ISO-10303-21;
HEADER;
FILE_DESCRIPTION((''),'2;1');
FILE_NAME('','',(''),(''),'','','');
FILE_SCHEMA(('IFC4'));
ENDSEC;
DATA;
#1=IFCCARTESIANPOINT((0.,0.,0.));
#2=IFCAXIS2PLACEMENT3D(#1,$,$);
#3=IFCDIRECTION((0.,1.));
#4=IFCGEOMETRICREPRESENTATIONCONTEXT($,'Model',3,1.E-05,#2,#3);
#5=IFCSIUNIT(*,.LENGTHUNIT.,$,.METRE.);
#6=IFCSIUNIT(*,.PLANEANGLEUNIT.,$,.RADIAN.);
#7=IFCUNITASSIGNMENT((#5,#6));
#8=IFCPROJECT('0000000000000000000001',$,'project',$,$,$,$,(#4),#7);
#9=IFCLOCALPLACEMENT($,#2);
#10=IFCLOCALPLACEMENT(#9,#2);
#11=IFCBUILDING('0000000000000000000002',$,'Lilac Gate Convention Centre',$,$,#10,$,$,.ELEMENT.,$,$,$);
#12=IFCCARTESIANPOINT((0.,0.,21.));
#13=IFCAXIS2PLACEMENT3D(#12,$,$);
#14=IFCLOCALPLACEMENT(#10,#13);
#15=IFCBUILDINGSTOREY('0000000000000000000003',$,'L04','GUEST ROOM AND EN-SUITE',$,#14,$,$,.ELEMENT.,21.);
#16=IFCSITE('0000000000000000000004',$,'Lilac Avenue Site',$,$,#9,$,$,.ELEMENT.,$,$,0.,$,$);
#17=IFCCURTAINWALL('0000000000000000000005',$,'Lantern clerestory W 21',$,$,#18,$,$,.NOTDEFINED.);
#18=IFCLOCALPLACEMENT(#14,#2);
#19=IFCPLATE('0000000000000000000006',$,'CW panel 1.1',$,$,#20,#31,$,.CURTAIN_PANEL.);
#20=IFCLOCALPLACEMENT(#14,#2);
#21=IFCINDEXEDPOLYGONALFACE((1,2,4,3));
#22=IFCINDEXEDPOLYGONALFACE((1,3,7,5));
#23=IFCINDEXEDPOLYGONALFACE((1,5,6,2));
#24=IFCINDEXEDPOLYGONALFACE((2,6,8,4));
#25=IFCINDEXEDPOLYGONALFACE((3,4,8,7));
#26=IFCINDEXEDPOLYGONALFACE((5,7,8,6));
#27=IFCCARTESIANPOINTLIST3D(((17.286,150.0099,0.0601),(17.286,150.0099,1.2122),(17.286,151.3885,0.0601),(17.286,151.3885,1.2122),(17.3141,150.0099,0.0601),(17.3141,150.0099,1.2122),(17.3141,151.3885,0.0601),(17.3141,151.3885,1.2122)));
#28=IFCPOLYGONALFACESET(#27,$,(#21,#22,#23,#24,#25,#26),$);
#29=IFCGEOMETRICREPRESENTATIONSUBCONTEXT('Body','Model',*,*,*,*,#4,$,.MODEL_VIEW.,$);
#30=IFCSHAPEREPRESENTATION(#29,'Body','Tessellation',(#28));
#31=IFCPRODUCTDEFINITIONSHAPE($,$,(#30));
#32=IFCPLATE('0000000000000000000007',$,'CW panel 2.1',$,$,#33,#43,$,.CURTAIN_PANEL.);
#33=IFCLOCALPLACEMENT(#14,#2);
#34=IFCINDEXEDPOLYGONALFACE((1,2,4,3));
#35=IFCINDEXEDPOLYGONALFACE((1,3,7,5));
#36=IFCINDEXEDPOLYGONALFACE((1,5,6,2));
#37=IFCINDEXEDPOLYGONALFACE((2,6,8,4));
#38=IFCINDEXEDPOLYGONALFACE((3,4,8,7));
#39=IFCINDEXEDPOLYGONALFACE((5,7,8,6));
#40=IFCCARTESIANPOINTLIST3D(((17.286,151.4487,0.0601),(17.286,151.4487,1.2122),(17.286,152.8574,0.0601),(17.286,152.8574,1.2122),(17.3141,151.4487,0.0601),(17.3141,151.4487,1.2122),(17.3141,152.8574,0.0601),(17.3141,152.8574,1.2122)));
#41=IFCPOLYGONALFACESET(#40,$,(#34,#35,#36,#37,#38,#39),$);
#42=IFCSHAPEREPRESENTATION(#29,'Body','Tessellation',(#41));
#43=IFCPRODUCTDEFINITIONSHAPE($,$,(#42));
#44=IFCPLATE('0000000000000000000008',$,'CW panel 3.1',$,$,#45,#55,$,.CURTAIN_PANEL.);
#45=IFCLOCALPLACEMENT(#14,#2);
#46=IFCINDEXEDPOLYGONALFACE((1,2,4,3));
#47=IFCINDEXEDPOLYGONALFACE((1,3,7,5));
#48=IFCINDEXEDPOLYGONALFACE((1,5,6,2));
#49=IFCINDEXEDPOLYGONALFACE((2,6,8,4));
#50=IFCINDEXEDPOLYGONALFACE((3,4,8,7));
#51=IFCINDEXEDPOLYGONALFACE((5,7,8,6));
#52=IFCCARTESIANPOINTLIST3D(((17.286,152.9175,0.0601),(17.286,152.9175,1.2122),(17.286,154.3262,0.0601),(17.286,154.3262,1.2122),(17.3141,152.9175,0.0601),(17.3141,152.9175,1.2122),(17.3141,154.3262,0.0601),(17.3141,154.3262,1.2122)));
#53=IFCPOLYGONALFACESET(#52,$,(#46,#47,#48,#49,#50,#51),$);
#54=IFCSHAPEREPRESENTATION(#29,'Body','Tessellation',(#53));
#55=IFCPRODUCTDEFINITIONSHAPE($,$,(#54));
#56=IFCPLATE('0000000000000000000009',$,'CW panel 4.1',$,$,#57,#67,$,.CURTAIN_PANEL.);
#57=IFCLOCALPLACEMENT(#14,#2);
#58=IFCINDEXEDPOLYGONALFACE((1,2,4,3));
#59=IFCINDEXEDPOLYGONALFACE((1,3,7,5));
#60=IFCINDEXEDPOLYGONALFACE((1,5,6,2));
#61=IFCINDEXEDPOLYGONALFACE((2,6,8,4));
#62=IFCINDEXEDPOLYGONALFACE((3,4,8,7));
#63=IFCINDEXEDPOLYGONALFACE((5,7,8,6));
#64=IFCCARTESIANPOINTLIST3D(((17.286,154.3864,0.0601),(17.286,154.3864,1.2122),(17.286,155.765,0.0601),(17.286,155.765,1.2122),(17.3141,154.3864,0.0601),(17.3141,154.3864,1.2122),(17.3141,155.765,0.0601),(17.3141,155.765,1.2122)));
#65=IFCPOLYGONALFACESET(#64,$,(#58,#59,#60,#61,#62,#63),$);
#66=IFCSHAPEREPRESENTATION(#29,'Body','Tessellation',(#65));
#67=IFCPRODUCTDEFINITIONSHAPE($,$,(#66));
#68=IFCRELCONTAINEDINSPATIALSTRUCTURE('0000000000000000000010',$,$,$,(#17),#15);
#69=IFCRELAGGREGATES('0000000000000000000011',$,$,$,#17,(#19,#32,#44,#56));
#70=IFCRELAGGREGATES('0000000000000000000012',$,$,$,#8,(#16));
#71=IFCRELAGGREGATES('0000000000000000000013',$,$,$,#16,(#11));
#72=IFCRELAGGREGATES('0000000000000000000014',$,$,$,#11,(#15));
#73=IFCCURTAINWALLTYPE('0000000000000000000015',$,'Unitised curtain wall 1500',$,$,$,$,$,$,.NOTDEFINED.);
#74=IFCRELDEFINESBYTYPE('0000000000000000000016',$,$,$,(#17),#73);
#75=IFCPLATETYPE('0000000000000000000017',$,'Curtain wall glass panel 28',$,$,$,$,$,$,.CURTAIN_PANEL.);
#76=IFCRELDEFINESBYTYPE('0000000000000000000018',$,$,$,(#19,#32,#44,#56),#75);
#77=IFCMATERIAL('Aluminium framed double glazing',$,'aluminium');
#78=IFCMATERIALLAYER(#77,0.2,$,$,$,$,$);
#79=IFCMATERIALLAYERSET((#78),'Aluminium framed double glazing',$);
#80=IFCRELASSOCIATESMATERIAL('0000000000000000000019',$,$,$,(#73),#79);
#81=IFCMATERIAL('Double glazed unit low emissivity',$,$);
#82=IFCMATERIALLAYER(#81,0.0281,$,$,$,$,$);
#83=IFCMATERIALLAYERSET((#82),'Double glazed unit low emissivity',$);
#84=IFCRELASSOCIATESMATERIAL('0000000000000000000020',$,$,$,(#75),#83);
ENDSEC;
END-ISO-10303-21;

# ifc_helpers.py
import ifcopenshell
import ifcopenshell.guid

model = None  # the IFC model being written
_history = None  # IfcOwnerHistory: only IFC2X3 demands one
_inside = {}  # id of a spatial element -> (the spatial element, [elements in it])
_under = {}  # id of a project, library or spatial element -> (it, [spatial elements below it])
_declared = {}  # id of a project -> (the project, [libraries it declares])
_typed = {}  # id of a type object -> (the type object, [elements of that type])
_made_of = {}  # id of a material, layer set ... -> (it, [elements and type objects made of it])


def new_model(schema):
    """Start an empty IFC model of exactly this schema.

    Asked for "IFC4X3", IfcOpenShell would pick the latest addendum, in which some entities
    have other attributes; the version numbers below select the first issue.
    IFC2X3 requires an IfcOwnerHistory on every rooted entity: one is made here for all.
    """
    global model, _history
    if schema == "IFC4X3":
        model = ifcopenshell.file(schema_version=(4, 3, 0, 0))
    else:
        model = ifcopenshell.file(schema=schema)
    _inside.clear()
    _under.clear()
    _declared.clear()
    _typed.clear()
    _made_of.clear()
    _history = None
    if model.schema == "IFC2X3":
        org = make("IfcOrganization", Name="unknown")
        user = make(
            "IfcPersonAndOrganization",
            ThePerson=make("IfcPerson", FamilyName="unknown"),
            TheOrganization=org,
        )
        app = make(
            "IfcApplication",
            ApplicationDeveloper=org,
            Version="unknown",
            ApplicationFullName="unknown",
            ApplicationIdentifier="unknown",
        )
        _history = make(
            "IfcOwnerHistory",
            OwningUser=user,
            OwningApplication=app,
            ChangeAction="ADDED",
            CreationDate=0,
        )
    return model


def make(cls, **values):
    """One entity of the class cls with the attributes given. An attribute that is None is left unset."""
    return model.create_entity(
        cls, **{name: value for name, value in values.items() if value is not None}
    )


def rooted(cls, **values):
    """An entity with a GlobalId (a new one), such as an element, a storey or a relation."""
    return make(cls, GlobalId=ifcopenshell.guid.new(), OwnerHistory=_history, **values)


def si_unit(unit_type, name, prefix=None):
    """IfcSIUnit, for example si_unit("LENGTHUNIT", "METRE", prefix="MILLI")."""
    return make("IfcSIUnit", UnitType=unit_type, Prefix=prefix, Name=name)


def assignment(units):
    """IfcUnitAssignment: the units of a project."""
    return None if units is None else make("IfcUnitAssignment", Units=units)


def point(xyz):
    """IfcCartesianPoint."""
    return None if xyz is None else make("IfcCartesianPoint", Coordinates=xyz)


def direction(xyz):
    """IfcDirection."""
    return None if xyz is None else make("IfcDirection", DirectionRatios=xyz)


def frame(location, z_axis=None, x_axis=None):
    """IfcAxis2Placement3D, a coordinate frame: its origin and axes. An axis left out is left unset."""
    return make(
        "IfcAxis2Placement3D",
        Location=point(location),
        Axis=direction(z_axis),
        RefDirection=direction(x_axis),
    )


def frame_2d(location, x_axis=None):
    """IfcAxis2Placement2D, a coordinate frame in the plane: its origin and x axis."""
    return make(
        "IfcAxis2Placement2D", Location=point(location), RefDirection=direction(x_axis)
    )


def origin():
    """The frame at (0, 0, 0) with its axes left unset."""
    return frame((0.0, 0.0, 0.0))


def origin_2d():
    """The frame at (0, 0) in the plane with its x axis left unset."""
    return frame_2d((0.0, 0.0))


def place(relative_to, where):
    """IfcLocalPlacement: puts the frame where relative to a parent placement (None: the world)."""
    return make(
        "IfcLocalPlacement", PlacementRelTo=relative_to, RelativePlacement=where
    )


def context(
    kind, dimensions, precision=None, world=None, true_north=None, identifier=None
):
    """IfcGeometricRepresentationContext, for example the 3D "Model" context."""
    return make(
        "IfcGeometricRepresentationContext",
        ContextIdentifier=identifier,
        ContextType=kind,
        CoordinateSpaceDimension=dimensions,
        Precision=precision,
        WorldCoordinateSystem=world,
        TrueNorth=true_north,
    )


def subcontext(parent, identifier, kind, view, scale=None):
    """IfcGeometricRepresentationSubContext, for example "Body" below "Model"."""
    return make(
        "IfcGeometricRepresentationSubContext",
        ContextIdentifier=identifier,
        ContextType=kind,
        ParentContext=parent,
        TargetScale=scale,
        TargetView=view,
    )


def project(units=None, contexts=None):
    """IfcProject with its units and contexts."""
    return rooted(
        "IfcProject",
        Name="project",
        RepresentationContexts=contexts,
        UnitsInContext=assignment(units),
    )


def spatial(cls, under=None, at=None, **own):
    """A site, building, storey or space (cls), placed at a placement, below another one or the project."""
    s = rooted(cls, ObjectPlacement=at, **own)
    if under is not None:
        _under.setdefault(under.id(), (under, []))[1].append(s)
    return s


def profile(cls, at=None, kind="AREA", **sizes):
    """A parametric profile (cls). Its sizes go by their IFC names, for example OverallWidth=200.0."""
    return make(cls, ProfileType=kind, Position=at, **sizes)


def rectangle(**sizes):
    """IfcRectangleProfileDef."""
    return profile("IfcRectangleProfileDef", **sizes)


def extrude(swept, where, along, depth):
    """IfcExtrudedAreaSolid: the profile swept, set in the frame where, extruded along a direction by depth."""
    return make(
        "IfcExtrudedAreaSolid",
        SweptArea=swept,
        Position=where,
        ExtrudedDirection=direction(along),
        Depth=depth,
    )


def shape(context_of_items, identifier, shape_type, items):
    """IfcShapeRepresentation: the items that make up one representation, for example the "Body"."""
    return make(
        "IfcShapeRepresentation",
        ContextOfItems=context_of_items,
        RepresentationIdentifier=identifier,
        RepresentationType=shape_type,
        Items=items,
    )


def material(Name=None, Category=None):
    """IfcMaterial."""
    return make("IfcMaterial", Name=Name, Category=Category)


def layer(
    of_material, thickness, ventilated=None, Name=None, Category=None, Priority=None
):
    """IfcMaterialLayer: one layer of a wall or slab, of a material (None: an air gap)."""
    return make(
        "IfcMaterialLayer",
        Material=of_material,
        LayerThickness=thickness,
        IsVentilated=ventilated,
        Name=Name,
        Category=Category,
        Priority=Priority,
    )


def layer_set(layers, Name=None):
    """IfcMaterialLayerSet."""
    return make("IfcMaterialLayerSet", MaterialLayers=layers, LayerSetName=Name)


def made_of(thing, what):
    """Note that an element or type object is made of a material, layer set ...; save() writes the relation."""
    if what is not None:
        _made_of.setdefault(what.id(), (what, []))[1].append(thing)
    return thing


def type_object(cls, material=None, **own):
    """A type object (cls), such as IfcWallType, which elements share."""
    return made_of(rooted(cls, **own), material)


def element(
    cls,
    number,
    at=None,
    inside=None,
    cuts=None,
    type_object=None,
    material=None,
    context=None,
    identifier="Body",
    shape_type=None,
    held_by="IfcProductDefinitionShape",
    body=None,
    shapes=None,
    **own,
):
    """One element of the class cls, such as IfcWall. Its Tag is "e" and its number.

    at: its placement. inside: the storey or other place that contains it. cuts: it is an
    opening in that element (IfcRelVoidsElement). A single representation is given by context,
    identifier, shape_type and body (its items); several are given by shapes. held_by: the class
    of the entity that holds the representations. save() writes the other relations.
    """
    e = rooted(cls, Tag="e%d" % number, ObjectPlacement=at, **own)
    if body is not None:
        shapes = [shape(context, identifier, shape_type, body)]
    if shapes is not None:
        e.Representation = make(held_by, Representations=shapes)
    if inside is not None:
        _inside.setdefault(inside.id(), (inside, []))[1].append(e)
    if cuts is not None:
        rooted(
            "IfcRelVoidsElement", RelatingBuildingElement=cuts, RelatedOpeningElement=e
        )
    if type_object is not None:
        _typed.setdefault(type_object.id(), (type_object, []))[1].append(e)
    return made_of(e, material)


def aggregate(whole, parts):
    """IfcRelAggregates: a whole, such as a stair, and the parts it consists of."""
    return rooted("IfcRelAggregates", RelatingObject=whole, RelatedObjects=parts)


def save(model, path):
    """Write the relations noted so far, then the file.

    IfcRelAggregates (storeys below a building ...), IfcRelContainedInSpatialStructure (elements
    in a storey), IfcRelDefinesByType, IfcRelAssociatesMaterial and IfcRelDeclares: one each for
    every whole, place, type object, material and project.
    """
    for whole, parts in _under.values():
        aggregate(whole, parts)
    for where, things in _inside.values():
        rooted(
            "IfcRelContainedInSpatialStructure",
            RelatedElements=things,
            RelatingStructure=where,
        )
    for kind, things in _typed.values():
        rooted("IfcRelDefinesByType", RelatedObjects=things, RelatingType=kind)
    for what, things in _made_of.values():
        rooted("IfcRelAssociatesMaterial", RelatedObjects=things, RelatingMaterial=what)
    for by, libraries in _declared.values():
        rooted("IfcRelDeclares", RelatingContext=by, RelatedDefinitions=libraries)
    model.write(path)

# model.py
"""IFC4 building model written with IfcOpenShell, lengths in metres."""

from ifc_helpers import new_model, si_unit, direction, frame, origin, origin_2d, place, context, subcontext, project, spatial, rectangle, extrude, material, layer, layer_set, type_object, element, aggregate, save


model = new_model("IFC4")

# Units and contexts
model_context = context("Model", 3, precision=1e-05, world=origin(), true_north=direction((0.0, 1.0)))
body_context = subcontext(model_context, "Body", "Model", "MODEL_VIEW")
ifc_project = project(units=[si_unit("LENGTHUNIT", "METRE"), si_unit("PLANEANGLEUNIT", "RADIAN")], contexts=[model_context])

# Site, building, storey
site_placement = place(None, origin())
site = spatial("IfcSite", under=ifc_project, at=site_placement, Name="Lilac Avenue Site", CompositionType="ELEMENT", RefElevation=0.0)
building_placement = place(site_placement, origin())
building = spatial("IfcBuilding", under=site, at=building_placement, Name="Lilac Gate Convention Centre", CompositionType="ELEMENT")
storey_placement = place(building_placement, frame((0.0, 0.0, 21.0)))
storey = spatial("IfcBuildingStorey", under=building, at=storey_placement, Name="L04", Description="GUEST ROOM AND EN-SUITE", CompositionType="ELEMENT", Elevation=21.0)

# Curtain wall
ifc_material_1 = material(Name="Aluminium framed double glazing", Category="aluminium")
ifc_layer_1 = layer(ifc_material_1, 0.2)
ifc_layer_set_1 = layer_set([ifc_layer_1], Name="Aluminium framed double glazing")
curtain_wall_type = type_object("IfcCurtainWallType", Name="Unitised curtain wall 1500", PredefinedType="NOTDEFINED", material=ifc_layer_set_1)
curtain_wall_placement = place(storey_placement, origin())
curtain_wall = element("IfcCurtainWall", 1, at=curtain_wall_placement, inside=storey, type_object=curtain_wall_type, Name="Lantern clerestory W 21", PredefinedType="NOTDEFINED")

# Plates
ifc_material_2 = material(Name="Double glazed unit low emissivity")
ifc_layer_2 = layer(ifc_material_2, 0.0281)
ifc_layer_set_2 = layer_set([ifc_layer_2], Name="Double glazed unit low emissivity")
plate_type = type_object("IfcPlateType", Name="Curtain wall glass panel 28", PredefinedType="CURTAIN_PANEL", material=ifc_layer_set_2)
plate_1_placement = place(storey_placement, frame((17.3, 150.6992, 0.0601), z_axis=(0.0, 0.0, 1.0), x_axis=(0.0, 1.0, 0.0)))
plate_1 = element("IfcPlate", 2, at=plate_1_placement, type_object=plate_type, Name="CW panel 1.1", PredefinedType="CURTAIN_PANEL", context=body_context, shape_type="SweptSolid", body=[
    extrude(rectangle(XDim=1.3787, YDim=0.0281, at=origin_2d()), origin(), (0.0, 0.0, 1.0), 1.1521),
])
plate_2_placement = place(storey_placement, frame((17.3, 152.1531, 0.0601), z_axis=(0.0, 0.0, 1.0), x_axis=(0.0, 1.0, 0.0)))
plate_2 = element("IfcPlate", 3, at=plate_2_placement, type_object=plate_type, Name="CW panel 2.1", PredefinedType="CURTAIN_PANEL", context=body_context, shape_type="SweptSolid", body=[
    extrude(rectangle(XDim=1.4087, YDim=0.0281, at=origin_2d()), origin(), (0.0, 0.0, 1.0), 1.1521),
])
plate_3_placement = place(storey_placement, frame((17.3, 153.6218, 0.0601), z_axis=(0.0, 0.0, 1.0), x_axis=(0.0, 1.0, 0.0)))
plate_3 = element("IfcPlate", 4, at=plate_3_placement, type_object=plate_type, Name="CW panel 3.1", PredefinedType="CURTAIN_PANEL", context=body_context, shape_type="SweptSolid", body=[
    extrude(rectangle(XDim=1.4087, YDim=0.0281, at=origin_2d()), origin(), (0.0, 0.0, 1.0), 1.1521),
])
plate_4_placement = place(storey_placement, frame((17.3, 155.0757, 0.0601), z_axis=(0.0, 0.0, 1.0), x_axis=(0.0, 1.0, 0.0)))
plate_4 = element("IfcPlate", 5, at=plate_4_placement, type_object=plate_type, Name="CW panel 4.1", PredefinedType="CURTAIN_PANEL", context=body_context, shape_type="SweptSolid", body=[
    extrude(rectangle(XDim=1.3787, YDim=0.0281, at=origin_2d()), origin(), (0.0, 0.0, 1.0), 1.1521),
])
aggregate(curtain_wall, [plate_1, plate_2, plate_3, plate_4])

save(model, "model.ifc")
